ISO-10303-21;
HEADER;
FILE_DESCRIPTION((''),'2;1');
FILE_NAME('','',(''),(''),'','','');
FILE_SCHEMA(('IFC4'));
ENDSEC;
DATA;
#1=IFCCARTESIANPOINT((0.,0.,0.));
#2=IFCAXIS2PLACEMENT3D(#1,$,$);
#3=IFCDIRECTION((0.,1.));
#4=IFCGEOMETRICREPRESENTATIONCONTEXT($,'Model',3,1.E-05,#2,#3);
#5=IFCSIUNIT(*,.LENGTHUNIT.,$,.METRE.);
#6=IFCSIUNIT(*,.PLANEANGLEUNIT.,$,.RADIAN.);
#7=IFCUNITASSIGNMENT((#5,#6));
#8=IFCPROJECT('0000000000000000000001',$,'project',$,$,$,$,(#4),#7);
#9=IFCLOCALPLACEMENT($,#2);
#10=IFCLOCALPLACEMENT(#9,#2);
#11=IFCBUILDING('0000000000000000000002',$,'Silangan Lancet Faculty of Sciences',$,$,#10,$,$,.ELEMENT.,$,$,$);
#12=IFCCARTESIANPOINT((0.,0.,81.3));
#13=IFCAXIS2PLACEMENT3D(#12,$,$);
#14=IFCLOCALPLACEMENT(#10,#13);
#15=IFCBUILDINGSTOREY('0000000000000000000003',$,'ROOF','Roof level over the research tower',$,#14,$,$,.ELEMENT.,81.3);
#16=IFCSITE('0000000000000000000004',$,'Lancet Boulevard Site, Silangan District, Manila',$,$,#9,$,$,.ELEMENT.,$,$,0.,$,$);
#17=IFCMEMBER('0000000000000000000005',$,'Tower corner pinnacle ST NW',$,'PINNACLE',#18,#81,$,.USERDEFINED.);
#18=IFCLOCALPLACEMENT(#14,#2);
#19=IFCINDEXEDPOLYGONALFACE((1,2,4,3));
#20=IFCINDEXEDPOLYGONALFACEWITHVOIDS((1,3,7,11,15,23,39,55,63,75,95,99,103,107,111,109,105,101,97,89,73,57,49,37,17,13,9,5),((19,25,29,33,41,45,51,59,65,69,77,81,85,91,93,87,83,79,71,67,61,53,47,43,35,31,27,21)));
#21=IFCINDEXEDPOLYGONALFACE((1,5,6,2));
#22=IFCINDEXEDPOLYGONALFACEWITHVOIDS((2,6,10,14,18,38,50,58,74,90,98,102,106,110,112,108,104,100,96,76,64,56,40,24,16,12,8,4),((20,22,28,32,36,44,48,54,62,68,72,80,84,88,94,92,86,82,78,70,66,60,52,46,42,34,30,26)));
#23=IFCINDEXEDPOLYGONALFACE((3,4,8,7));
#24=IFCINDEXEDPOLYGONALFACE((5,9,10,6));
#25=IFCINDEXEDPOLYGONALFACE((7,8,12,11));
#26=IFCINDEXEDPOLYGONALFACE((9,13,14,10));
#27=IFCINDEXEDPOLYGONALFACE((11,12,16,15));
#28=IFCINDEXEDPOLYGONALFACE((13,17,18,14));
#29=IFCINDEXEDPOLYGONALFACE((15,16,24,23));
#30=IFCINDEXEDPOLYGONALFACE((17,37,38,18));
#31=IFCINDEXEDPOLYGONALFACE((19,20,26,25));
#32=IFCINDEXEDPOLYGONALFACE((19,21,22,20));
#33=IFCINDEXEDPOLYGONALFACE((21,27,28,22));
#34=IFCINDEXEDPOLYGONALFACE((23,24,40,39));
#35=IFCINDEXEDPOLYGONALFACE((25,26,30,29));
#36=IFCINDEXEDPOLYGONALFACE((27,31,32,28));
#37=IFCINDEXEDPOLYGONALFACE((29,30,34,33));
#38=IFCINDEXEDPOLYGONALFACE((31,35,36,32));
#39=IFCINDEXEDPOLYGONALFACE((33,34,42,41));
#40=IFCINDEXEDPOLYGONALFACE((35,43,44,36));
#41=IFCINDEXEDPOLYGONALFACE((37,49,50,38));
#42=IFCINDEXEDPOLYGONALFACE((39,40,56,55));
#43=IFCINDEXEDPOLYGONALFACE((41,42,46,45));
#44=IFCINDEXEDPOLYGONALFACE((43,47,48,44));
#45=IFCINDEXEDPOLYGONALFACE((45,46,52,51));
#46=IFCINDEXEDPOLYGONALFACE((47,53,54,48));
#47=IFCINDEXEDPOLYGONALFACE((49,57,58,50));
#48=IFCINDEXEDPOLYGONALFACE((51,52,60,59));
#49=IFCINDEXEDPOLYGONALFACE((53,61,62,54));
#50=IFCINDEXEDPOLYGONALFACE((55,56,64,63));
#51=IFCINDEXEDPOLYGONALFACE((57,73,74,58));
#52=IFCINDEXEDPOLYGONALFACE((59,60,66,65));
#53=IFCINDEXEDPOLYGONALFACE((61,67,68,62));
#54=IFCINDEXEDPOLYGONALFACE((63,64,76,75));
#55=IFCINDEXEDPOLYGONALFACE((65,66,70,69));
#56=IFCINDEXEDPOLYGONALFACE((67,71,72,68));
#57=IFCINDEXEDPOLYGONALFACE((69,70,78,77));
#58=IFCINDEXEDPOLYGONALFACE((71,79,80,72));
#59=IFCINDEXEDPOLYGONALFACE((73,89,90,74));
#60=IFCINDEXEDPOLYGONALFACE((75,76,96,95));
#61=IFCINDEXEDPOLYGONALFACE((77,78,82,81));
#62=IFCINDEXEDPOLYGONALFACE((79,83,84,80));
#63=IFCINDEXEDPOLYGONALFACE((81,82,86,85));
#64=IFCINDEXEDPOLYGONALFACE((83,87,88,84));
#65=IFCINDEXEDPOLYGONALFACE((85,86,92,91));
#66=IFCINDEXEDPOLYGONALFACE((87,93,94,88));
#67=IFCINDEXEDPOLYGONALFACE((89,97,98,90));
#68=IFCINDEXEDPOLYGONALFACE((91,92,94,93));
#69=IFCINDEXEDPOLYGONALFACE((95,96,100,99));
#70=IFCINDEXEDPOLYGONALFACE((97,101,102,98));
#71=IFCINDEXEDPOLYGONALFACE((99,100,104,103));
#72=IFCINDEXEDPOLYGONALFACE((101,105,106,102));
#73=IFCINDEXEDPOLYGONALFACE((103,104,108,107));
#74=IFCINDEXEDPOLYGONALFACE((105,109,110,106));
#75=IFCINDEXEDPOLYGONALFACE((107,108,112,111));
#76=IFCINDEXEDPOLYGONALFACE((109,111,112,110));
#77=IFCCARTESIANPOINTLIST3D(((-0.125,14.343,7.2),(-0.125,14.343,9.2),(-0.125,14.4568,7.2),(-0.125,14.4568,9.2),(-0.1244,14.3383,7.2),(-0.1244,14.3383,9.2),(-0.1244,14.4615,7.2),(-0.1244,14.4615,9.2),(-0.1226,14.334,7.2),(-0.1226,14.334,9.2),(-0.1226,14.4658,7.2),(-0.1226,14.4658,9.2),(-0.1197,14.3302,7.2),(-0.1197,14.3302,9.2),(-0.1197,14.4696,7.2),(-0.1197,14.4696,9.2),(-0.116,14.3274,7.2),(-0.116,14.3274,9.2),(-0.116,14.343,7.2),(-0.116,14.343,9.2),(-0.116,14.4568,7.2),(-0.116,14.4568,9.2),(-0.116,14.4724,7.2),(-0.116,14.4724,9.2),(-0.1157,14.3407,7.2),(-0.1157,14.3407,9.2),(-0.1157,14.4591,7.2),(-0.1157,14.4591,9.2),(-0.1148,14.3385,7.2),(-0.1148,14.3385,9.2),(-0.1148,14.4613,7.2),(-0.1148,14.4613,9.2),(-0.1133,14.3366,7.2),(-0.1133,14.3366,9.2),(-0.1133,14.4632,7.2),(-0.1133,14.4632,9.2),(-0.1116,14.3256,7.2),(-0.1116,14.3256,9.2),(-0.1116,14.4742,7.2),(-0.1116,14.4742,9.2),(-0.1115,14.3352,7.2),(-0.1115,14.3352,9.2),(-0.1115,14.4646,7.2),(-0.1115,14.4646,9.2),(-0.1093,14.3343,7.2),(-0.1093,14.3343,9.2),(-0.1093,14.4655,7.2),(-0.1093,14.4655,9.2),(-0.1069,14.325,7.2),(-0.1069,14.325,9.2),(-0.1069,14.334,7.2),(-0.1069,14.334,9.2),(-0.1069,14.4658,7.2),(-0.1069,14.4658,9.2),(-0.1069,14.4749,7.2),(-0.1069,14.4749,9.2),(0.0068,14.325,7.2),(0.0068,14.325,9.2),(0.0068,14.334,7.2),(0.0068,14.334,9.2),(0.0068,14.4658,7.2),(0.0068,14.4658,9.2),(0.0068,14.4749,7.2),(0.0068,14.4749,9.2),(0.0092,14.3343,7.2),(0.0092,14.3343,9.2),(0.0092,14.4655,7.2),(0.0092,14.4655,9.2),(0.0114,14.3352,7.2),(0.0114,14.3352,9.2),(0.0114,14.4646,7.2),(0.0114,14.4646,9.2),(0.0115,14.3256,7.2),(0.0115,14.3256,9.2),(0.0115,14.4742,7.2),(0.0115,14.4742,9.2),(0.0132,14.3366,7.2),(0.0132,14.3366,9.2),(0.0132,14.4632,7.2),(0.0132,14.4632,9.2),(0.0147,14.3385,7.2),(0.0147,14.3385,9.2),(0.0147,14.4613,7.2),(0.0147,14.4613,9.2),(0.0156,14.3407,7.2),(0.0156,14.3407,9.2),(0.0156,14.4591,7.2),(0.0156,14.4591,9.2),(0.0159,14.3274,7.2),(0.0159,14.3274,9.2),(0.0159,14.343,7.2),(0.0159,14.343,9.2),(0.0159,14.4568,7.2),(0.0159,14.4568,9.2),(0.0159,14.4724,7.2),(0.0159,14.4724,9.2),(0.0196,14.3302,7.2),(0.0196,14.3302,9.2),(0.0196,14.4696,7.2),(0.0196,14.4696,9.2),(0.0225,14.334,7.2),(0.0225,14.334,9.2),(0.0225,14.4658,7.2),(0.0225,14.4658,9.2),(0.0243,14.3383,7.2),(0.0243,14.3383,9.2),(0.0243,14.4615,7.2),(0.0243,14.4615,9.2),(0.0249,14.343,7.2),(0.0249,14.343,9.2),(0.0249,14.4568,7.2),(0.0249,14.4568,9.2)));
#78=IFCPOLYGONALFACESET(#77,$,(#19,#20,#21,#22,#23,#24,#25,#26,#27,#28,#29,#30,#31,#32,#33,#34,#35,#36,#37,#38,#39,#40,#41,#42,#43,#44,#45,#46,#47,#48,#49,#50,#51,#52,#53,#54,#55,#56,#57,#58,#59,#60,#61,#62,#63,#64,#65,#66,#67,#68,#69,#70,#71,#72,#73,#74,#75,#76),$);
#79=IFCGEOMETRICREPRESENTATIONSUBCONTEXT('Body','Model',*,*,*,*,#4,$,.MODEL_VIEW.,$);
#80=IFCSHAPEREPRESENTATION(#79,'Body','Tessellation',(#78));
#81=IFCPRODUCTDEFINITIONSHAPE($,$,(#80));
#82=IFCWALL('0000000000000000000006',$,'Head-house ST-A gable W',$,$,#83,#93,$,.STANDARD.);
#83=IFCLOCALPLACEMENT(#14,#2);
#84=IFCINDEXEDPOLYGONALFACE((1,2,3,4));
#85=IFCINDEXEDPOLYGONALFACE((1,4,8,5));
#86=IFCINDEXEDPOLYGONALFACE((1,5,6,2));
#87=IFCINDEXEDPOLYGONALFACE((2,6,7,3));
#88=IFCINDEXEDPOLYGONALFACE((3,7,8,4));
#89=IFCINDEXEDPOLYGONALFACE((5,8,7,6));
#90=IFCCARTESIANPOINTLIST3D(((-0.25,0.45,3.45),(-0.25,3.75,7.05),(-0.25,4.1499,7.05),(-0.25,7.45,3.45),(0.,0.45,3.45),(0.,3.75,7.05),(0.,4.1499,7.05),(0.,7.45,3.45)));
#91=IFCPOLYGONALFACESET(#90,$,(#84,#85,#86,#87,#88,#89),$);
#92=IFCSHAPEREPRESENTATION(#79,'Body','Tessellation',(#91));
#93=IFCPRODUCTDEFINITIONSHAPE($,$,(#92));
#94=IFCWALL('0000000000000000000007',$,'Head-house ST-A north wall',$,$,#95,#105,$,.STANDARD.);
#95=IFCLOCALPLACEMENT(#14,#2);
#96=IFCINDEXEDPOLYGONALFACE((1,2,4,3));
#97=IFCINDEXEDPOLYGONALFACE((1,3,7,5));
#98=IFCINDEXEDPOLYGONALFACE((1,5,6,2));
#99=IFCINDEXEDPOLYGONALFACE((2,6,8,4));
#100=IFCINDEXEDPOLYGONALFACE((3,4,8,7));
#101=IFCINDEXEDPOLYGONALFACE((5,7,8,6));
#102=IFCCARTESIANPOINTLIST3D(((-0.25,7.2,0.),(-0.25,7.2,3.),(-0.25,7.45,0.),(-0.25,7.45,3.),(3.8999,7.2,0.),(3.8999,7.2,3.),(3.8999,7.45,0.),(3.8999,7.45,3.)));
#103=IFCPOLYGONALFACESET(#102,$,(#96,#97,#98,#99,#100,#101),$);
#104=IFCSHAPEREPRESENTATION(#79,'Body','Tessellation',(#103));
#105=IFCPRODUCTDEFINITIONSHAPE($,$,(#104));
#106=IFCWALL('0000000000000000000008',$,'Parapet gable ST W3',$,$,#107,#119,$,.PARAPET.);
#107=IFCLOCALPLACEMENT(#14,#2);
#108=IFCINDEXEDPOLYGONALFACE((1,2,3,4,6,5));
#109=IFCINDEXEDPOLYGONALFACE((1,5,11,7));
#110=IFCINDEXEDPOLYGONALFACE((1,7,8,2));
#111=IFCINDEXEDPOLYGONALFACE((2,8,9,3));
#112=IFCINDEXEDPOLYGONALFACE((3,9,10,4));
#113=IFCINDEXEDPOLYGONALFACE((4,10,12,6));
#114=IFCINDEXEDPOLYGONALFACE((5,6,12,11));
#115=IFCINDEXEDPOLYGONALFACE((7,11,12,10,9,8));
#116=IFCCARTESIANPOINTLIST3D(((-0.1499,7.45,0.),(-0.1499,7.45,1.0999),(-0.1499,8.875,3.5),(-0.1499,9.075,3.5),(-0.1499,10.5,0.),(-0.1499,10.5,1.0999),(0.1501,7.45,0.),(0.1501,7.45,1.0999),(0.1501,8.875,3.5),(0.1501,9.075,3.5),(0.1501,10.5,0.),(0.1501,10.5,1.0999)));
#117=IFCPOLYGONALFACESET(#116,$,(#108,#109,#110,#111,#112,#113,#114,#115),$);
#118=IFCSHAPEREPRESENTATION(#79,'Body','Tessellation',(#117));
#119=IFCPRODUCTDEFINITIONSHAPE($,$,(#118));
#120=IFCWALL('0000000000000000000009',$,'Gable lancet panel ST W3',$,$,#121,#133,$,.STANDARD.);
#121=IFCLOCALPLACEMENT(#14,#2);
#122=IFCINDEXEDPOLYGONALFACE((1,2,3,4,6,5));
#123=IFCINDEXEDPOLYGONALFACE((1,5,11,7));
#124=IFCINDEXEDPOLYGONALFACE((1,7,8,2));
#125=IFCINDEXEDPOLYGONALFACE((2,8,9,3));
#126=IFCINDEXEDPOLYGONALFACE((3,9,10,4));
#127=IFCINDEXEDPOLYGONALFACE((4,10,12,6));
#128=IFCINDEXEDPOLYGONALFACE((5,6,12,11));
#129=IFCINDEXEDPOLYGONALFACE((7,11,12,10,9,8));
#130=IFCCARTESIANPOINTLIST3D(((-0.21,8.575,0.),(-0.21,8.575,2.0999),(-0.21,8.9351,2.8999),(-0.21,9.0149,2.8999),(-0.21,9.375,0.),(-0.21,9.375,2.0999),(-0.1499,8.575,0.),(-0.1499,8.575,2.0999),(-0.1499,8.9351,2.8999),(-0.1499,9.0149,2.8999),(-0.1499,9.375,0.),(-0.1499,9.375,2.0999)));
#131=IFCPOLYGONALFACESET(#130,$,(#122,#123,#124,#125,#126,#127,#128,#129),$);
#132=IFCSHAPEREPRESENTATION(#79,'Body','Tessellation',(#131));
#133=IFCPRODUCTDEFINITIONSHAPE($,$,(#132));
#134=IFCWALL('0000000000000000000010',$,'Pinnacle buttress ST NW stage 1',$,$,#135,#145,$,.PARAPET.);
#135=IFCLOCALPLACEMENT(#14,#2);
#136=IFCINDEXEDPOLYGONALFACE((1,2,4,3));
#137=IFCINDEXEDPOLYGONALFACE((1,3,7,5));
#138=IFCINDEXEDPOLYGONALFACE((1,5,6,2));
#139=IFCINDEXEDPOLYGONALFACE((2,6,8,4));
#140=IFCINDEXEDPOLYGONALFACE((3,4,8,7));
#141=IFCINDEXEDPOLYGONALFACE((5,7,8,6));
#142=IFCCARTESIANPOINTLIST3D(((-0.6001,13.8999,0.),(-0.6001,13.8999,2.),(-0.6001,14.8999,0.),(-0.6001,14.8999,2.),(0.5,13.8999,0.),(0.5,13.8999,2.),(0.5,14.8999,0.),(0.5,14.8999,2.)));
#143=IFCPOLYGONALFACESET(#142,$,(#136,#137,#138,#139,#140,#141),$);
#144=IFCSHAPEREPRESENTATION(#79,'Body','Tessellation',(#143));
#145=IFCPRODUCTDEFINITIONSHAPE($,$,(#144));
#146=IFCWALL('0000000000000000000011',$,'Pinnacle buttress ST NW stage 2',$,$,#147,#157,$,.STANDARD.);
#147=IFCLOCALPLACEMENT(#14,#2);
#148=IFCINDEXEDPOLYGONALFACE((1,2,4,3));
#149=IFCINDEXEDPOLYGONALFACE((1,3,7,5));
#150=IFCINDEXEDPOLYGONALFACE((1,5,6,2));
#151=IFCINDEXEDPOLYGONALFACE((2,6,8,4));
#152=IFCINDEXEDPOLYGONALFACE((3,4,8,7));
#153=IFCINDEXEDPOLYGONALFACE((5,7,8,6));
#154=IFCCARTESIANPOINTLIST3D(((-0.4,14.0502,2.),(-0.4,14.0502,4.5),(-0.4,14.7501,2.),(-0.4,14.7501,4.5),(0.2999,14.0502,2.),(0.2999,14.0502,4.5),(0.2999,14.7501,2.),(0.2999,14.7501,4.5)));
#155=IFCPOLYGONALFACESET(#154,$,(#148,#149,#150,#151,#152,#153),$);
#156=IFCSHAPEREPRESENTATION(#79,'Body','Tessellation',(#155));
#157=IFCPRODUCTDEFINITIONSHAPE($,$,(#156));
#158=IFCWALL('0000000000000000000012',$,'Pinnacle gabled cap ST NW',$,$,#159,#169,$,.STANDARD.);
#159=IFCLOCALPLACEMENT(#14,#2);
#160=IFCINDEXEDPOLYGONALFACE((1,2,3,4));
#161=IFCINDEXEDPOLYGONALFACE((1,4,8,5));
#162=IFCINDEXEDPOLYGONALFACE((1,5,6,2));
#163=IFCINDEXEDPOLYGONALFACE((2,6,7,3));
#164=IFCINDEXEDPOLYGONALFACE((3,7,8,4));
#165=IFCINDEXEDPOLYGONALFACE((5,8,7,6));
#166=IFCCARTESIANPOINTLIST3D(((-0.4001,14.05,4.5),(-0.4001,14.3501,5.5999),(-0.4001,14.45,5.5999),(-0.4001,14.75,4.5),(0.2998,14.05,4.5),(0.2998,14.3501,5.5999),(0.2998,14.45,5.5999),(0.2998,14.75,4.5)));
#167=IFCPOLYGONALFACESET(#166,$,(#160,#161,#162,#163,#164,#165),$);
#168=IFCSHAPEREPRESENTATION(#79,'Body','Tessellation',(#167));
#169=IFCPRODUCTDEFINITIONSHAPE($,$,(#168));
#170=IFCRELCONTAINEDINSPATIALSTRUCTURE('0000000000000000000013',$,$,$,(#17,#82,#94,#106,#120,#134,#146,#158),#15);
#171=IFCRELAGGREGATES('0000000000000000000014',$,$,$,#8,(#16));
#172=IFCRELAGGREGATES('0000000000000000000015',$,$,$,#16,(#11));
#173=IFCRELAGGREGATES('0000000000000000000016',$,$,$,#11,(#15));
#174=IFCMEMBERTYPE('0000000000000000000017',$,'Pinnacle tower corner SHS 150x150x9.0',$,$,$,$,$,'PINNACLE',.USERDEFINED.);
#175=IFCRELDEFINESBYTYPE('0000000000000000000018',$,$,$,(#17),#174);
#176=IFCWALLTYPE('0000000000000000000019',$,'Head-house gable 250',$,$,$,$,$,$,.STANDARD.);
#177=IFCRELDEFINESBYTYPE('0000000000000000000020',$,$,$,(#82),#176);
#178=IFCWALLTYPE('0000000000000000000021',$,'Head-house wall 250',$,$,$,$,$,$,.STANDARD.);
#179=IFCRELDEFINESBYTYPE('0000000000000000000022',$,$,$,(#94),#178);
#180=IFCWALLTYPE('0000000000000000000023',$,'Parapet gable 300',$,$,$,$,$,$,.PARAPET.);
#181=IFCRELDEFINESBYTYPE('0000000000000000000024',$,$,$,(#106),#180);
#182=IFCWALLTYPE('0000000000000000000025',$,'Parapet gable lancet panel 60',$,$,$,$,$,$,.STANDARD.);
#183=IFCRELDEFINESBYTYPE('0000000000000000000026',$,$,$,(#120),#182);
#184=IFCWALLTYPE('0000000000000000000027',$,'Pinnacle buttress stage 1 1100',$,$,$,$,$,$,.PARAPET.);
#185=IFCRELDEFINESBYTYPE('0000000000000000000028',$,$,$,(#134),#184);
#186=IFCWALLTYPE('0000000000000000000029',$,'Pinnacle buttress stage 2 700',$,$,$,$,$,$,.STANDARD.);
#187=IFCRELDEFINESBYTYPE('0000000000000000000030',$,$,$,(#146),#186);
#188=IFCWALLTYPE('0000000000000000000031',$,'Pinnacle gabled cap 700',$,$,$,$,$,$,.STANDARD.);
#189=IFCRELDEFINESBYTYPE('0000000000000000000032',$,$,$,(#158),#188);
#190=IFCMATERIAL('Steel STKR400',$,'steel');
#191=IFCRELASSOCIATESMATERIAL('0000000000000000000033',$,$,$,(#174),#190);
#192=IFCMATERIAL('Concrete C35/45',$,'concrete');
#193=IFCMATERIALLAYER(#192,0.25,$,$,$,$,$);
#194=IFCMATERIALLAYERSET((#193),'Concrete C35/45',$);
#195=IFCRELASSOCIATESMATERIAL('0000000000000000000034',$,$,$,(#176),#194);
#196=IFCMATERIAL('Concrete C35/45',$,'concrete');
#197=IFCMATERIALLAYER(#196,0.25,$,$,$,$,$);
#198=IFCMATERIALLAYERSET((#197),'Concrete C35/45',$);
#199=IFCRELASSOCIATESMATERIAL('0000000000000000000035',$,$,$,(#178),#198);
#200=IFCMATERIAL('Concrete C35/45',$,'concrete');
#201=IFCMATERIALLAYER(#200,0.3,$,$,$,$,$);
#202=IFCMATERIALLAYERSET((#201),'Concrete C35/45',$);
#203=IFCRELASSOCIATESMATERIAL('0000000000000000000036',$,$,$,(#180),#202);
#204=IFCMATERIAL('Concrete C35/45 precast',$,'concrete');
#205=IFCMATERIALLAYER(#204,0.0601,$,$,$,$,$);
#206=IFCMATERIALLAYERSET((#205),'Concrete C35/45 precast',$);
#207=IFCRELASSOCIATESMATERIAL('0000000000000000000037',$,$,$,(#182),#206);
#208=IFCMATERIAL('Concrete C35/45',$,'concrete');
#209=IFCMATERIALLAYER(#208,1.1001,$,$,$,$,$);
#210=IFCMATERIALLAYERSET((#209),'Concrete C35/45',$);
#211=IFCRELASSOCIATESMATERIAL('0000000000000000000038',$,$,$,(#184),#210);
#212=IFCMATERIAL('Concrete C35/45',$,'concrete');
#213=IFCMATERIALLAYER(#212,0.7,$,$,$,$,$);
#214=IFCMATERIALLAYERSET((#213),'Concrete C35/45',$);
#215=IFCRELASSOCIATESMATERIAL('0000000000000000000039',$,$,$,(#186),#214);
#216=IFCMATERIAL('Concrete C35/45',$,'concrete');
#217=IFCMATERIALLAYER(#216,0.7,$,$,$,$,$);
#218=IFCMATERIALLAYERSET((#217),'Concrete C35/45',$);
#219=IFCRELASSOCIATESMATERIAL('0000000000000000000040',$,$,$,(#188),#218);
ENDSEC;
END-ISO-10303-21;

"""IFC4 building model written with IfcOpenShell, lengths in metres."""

from ifc_helpers import new_model, si_unit, direction, frame, frame_2d, origin, origin_2d, place, context, subcontext, project, spatial, polyline, rectangle, hollow_rectangle, outline, extrude, material, layer, layer_set, material_profile, profile_set, type_object, element, save


model = new_model("IFC4")

# Units and contexts
model_context = context("Model", 3, precision=1e-05, world=origin(), true_north=direction((0.0, 1.0)))
body_context = subcontext(model_context, "Body", "Model", "MODEL_VIEW")
ifc_project = project(units=[si_unit("LENGTHUNIT", "METRE"), si_unit("PLANEANGLEUNIT", "RADIAN")], contexts=[model_context])

# Site, building, storey
site_placement = place(None, origin())
site = spatial("IfcSite", under=ifc_project, at=site_placement, Name="Lancet Boulevard Site, Silangan District, Manila", CompositionType="ELEMENT", RefElevation=0.0)
building_placement = place(site_placement, origin())
building = spatial("IfcBuilding", under=site, at=building_placement, Name="Silangan Lancet Faculty of Sciences", CompositionType="ELEMENT")
storey_placement = place(building_placement, frame((0.0, 0.0, 81.3)))
storey = spatial("IfcBuildingStorey", under=building, at=storey_placement, Name="ROOF", Description="Roof level over the research tower", CompositionType="ELEMENT", Elevation=81.3)

# Member
ifc_material_1 = material(Name="Steel STKR400", Category="steel")
ifc_material_profile = material_profile(ifc_material_1, hollow_rectangle(XDim=0.1499, YDim=0.1499, WallThickness=0.009, InnerFilletRadius=0.009, OuterFilletRadius=0.0181, at=origin_2d()), Name="SHS 150x150x9.0")
ifc_profile_set = profile_set([ifc_material_profile], Name="Steel STKR400")
member_type = type_object("IfcMemberType", Name="Pinnacle tower corner SHS 150x150x9.0", ElementType="PINNACLE", PredefinedType="USERDEFINED", material=ifc_profile_set)
member_placement = place(storey_placement, frame((-0.05, 14.3999, 7.2), z_axis=(0.0, 0.0, 1.0), x_axis=(1.0, 0.0, 0.0)))
element("IfcMember", 1, at=member_placement, inside=storey, type_object=member_type, Name="Tower corner pinnacle ST NW", ObjectType="PINNACLE", PredefinedType="USERDEFINED", context=body_context, shape_type="SweptSolid", body=[
    extrude(hollow_rectangle(XDim=0.1499, YDim=0.1499, WallThickness=0.009, InnerFilletRadius=0.009, OuterFilletRadius=0.0181, at=origin_2d()), origin(), (0.0, 0.0, 1.0), 2.0),
])

# Walls
ifc_material_2 = material(Name="Concrete C35/45", Category="concrete")
ifc_layer_1 = layer(ifc_material_2, 0.25)
ifc_layer_set_1 = layer_set([ifc_layer_1], Name="Concrete C35/45")
wall_type_1 = type_object("IfcWallType", Name="Head-house gable 250", PredefinedType="STANDARD", material=ifc_layer_set_1)
wall_1_placement = place(storey_placement, frame((-0.125, 0.45, 3.45), z_axis=(0.0, 0.0, 1.0), x_axis=(0.0, 1.0, 0.0)))
element("IfcWall", 2, at=wall_1_placement, inside=storey, type_object=wall_type_1, Name="Head-house ST-A gable W", PredefinedType="STANDARD", context=body_context, shape_type="SweptSolid", body=[
    extrude(outline(polyline([(0.0, 0.0), (7.0, 0.0), (3.7, 3.6001), (3.3, 3.6001), (0.0, 0.0)])), frame((0.0, 0.125, 0.0), z_axis=(0.0, -1.0, 0.0), x_axis=(1.0, 0.0, 0.0)), (0.0, 0.0, 1.0), 0.25),
])
ifc_material_3 = material(Name="Concrete C35/45", Category="concrete")
ifc_layer_2 = layer(ifc_material_3, 0.25)
ifc_layer_set_2 = layer_set([ifc_layer_2], Name="Concrete C35/45")
wall_type_2 = type_object("IfcWallType", Name="Head-house wall 250", PredefinedType="STANDARD", material=ifc_layer_set_2)
wall_2_placement = place(storey_placement, frame((-0.25, 7.325, 0.0), z_axis=(0.0, 0.0, 1.0), x_axis=(1.0, 0.0, 0.0)))
element("IfcWall", 3, at=wall_2_placement, inside=storey, type_object=wall_type_2, Name="Head-house ST-A north wall", PredefinedType="STANDARD", context=body_context, shape_type="SweptSolid", body=[
    extrude(rectangle(XDim=4.1499, YDim=0.25, at=frame_2d((2.075, 0.0))), origin(), (0.0, 0.0, 1.0), 3.0),
])
ifc_material_4 = material(Name="Concrete C35/45", Category="concrete")
ifc_layer_3 = layer(ifc_material_4, 0.3)
ifc_layer_set_3 = layer_set([ifc_layer_3], Name="Concrete C35/45")
wall_type_3 = type_object("IfcWallType", Name="Parapet gable 300", PredefinedType="PARAPET", material=ifc_layer_set_3)
wall_3_placement = place(storey_placement, frame((0.0, 7.45, 0.0), z_axis=(0.0, 0.0, 1.0), x_axis=(0.0, 1.0, 0.0)))
element("IfcWall", 4, at=wall_3_placement, inside=storey, type_object=wall_type_3, Name="Parapet gable ST W3", PredefinedType="PARAPET", context=body_context, shape_type="SweptSolid", body=[
    extrude(outline(polyline([(0.0, 0.0), (3.05, 0.0), (3.05, 1.0999), (1.625, 3.5), (1.425, 3.5), (0.0, 1.0999), (0.0, 0.0)])), frame((0.0, 0.1499, 0.0), z_axis=(0.0, -1.0, 0.0), x_axis=(1.0, 0.0, 0.0)), (0.0, 0.0, 1.0), 0.3),
])
ifc_material_5 = material(Name="Concrete C35/45 precast", Category="concrete")
ifc_layer_4 = layer(ifc_material_5, 0.0601)
ifc_layer_set_4 = layer_set([ifc_layer_4], Name="Concrete C35/45 precast")
wall_type_4 = type_object("IfcWallType", Name="Parapet gable lancet panel 60", PredefinedType="STANDARD", material=ifc_layer_set_4)
wall_4_placement = place(storey_placement, frame((-0.1799, 8.575, 0.0), z_axis=(0.0, 0.0, 1.0), x_axis=(0.0, 1.0, 0.0)))
element("IfcWall", 5, at=wall_4_placement, inside=storey, type_object=wall_type_4, Name="Gable lancet panel ST W3", PredefinedType="STANDARD", context=body_context, shape_type="SweptSolid", body=[
    extrude(outline(polyline([(0.0, 0.0), (0.8, 0.0), (0.8, 2.0999), (0.4399, 2.8999), (0.3601, 2.8999), (0.0, 2.0999), (0.0, 0.0)])), frame((0.0, 0.03, 0.0), z_axis=(0.0, -1.0, 0.0), x_axis=(1.0, 0.0, 0.0)), (0.0, 0.0, 1.0), 0.0601),
])
ifc_material_6 = material(Name="Concrete C35/45", Category="concrete")
ifc_layer_5 = layer(ifc_material_6, 1.1001)
ifc_layer_set_5 = layer_set([ifc_layer_5], Name="Concrete C35/45")
wall_type_5 = type_object("IfcWallType", Name="Pinnacle buttress stage 1 1100", PredefinedType="PARAPET", material=ifc_layer_set_5)
wall_5_placement = place(storey_placement, frame((-0.05, 13.8999, 0.0), z_axis=(0.0, 0.0, 1.0), x_axis=(0.0, 1.0, 0.0)))
element("IfcWall", 6, at=wall_5_placement, inside=storey, type_object=wall_type_5, Name="Pinnacle buttress ST NW stage 1", PredefinedType="PARAPET", context=body_context, shape_type="SweptSolid", body=[
    extrude(rectangle(XDim=1.0, YDim=1.1001, at=frame_2d((0.5, 0.0))), origin(), (0.0, 0.0, 1.0), 2.0),
])
ifc_material_7 = material(Name="Concrete C35/45", Category="concrete")
ifc_layer_6 = layer(ifc_material_7, 0.7)
ifc_layer_set_6 = layer_set([ifc_layer_6], Name="Concrete C35/45")
wall_type_6 = type_object("IfcWallType", Name="Pinnacle buttress stage 2 700", PredefinedType="STANDARD", material=ifc_layer_set_6)
wall_6_placement = place(storey_placement, frame((-0.05, 14.05, 2.0), z_axis=(0.0, 0.0, 1.0), x_axis=(0.0, 1.0, 0.0)))
element("IfcWall", 7, at=wall_6_placement, inside=storey, type_object=wall_type_6, Name="Pinnacle buttress ST NW stage 2", PredefinedType="STANDARD", context=body_context, shape_type="SweptSolid", body=[
    extrude(rectangle(XDim=0.7, YDim=0.7, at=frame_2d((0.3501, 0.0))), origin(), (0.0, 0.0, 1.0), 2.5),
])
ifc_material_8 = material(Name="Concrete C35/45", Category="concrete")
ifc_layer_7 = layer(ifc_material_8, 0.7)
ifc_layer_set_7 = layer_set([ifc_layer_7], Name="Concrete C35/45")
wall_type_7 = type_object("IfcWallType", Name="Pinnacle gabled cap 700", PredefinedType="STANDARD", material=ifc_layer_set_7)
wall_7_placement = place(storey_placement, frame((-0.05, 14.05, 4.5), z_axis=(0.0, 0.0, 1.0), x_axis=(0.0, 1.0, 0.0)))
element("IfcWall", 8, at=wall_7_placement, inside=storey, type_object=wall_type_7, Name="Pinnacle gabled cap ST NW", PredefinedType="STANDARD", context=body_context, shape_type="SweptSolid", body=[
    extrude(outline(polyline([(0.0, 0.0), (0.7, 0.0), (0.3999, 1.0999), (0.3, 1.0999), (0.0, 0.0)])), frame((0.0, 0.3501, 0.0), z_axis=(0.0, -1.0, 0.0), x_axis=(1.0, 0.0, 0.0)), (0.0, 0.0, 1.0), 0.7),
])

save(model, "model.ifc")
